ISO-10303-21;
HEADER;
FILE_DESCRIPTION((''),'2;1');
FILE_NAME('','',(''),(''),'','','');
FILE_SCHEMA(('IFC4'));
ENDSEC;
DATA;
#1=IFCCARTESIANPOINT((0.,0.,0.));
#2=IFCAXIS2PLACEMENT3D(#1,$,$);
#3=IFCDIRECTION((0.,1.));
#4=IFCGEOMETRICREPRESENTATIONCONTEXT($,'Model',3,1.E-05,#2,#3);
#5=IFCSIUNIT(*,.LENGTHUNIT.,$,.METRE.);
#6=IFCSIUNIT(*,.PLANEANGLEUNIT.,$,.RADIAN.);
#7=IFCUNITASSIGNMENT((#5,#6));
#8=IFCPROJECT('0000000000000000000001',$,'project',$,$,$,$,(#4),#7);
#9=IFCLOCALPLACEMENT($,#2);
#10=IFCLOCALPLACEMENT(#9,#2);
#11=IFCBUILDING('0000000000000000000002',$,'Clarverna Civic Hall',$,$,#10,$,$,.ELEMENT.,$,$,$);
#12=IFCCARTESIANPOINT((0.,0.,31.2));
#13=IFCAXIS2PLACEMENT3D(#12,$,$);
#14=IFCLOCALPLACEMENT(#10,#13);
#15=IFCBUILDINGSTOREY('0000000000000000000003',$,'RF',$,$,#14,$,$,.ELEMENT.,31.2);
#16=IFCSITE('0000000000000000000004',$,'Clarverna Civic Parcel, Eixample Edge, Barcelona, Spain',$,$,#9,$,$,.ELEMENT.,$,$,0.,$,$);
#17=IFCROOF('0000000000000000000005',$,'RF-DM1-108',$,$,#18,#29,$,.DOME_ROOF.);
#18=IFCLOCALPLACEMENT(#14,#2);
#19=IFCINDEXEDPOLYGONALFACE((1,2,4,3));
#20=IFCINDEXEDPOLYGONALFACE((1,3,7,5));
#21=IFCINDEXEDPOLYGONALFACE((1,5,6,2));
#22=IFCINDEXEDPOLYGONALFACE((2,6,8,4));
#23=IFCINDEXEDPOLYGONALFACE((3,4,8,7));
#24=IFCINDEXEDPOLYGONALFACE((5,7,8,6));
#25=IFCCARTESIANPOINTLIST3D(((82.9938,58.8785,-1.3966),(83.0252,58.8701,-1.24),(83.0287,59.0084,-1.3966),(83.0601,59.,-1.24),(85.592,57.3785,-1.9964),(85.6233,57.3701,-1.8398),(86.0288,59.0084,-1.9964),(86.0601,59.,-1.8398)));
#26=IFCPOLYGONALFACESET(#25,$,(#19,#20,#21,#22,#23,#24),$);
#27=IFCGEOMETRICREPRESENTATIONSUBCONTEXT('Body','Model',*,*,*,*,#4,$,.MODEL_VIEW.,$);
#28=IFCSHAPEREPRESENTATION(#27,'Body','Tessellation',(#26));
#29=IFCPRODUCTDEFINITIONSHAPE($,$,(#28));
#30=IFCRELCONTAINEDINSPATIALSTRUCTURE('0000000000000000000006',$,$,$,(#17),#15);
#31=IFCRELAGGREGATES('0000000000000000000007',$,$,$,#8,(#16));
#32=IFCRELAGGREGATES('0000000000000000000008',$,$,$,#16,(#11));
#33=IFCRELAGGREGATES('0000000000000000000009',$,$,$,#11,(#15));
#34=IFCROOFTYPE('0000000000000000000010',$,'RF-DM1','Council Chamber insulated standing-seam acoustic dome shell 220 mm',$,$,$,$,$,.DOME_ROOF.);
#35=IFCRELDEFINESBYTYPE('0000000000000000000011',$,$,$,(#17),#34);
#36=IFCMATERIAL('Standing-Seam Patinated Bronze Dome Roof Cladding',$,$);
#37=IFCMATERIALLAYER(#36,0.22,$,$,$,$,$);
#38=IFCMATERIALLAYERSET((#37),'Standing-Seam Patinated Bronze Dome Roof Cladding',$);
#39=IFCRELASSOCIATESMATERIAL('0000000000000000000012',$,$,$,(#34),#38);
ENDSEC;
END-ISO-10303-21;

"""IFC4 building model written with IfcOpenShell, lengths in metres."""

from ifc_helpers import new_model, si_unit, direction, frame, origin, place, context, subcontext, project, spatial, polyline, outline, extrude, material, layer, layer_set, type_object, element, save


model = new_model("IFC4")

# Units and contexts
model_context = context("Model", 3, precision=1e-05, world=origin(), true_north=direction((0.0, 1.0)))
body_context = subcontext(model_context, "Body", "Model", "MODEL_VIEW")
ifc_project = project(units=[si_unit("LENGTHUNIT", "METRE"), si_unit("PLANEANGLEUNIT", "RADIAN")], contexts=[model_context])

# Site, building, storey
site_placement = place(None, origin())
site = spatial("IfcSite", under=ifc_project, at=site_placement, Name="Clarverna Civic Parcel, Eixample Edge, Barcelona, Spain", CompositionType="ELEMENT", RefElevation=0.0)
building_placement = place(site_placement, origin())
building = spatial("IfcBuilding", under=site, at=building_placement, Name="Clarverna Civic Hall", CompositionType="ELEMENT")
storey_placement = place(building_placement, frame((0.0, 0.0, 31.2)))
storey = spatial("IfcBuildingStorey", under=building, at=storey_placement, Name="RF", CompositionType="ELEMENT", Elevation=31.2)

# Roof
ifc_material_1 = material(Name="Standing-Seam Patinated Bronze Dome Roof Cladding")
ifc_layer_1 = layer(ifc_material_1, 0.22)
ifc_layer_set_1 = layer_set([ifc_layer_1], Name="Standing-Seam Patinated Bronze Dome Roof Cladding")
roof_type = type_object("IfcRoofType", Name="RF-DM1", Description="Council Chamber insulated standing-seam acoustic dome shell 220 mm", PredefinedType="DOME_ROOF", material=ifc_layer_set_1)
roof_1_placement = place(storey_placement, frame((85.6233, 57.3701, -1.8398), z_axis=(0.195794, -0.05248, 0.97924), x_axis=(0.258844, 0.965919, 0.000011)))
element("IfcRoof", 1, at=roof_1_placement, inside=storey, type_object=roof_type, Name="RF-DM1-108", PredefinedType="DOME_ROOF", context=body_context, shape_type="SweptSolid", body=[
    extrude(outline(polyline([(0.0, 0.0), (1.6874, 0.0), (0.9109, 2.9592), (0.7764, 2.9593), (0.0, 0.0)])), origin(), (0.0, 0.0, -1.0), 0.1599),
])

save(model, "model.ifc")
